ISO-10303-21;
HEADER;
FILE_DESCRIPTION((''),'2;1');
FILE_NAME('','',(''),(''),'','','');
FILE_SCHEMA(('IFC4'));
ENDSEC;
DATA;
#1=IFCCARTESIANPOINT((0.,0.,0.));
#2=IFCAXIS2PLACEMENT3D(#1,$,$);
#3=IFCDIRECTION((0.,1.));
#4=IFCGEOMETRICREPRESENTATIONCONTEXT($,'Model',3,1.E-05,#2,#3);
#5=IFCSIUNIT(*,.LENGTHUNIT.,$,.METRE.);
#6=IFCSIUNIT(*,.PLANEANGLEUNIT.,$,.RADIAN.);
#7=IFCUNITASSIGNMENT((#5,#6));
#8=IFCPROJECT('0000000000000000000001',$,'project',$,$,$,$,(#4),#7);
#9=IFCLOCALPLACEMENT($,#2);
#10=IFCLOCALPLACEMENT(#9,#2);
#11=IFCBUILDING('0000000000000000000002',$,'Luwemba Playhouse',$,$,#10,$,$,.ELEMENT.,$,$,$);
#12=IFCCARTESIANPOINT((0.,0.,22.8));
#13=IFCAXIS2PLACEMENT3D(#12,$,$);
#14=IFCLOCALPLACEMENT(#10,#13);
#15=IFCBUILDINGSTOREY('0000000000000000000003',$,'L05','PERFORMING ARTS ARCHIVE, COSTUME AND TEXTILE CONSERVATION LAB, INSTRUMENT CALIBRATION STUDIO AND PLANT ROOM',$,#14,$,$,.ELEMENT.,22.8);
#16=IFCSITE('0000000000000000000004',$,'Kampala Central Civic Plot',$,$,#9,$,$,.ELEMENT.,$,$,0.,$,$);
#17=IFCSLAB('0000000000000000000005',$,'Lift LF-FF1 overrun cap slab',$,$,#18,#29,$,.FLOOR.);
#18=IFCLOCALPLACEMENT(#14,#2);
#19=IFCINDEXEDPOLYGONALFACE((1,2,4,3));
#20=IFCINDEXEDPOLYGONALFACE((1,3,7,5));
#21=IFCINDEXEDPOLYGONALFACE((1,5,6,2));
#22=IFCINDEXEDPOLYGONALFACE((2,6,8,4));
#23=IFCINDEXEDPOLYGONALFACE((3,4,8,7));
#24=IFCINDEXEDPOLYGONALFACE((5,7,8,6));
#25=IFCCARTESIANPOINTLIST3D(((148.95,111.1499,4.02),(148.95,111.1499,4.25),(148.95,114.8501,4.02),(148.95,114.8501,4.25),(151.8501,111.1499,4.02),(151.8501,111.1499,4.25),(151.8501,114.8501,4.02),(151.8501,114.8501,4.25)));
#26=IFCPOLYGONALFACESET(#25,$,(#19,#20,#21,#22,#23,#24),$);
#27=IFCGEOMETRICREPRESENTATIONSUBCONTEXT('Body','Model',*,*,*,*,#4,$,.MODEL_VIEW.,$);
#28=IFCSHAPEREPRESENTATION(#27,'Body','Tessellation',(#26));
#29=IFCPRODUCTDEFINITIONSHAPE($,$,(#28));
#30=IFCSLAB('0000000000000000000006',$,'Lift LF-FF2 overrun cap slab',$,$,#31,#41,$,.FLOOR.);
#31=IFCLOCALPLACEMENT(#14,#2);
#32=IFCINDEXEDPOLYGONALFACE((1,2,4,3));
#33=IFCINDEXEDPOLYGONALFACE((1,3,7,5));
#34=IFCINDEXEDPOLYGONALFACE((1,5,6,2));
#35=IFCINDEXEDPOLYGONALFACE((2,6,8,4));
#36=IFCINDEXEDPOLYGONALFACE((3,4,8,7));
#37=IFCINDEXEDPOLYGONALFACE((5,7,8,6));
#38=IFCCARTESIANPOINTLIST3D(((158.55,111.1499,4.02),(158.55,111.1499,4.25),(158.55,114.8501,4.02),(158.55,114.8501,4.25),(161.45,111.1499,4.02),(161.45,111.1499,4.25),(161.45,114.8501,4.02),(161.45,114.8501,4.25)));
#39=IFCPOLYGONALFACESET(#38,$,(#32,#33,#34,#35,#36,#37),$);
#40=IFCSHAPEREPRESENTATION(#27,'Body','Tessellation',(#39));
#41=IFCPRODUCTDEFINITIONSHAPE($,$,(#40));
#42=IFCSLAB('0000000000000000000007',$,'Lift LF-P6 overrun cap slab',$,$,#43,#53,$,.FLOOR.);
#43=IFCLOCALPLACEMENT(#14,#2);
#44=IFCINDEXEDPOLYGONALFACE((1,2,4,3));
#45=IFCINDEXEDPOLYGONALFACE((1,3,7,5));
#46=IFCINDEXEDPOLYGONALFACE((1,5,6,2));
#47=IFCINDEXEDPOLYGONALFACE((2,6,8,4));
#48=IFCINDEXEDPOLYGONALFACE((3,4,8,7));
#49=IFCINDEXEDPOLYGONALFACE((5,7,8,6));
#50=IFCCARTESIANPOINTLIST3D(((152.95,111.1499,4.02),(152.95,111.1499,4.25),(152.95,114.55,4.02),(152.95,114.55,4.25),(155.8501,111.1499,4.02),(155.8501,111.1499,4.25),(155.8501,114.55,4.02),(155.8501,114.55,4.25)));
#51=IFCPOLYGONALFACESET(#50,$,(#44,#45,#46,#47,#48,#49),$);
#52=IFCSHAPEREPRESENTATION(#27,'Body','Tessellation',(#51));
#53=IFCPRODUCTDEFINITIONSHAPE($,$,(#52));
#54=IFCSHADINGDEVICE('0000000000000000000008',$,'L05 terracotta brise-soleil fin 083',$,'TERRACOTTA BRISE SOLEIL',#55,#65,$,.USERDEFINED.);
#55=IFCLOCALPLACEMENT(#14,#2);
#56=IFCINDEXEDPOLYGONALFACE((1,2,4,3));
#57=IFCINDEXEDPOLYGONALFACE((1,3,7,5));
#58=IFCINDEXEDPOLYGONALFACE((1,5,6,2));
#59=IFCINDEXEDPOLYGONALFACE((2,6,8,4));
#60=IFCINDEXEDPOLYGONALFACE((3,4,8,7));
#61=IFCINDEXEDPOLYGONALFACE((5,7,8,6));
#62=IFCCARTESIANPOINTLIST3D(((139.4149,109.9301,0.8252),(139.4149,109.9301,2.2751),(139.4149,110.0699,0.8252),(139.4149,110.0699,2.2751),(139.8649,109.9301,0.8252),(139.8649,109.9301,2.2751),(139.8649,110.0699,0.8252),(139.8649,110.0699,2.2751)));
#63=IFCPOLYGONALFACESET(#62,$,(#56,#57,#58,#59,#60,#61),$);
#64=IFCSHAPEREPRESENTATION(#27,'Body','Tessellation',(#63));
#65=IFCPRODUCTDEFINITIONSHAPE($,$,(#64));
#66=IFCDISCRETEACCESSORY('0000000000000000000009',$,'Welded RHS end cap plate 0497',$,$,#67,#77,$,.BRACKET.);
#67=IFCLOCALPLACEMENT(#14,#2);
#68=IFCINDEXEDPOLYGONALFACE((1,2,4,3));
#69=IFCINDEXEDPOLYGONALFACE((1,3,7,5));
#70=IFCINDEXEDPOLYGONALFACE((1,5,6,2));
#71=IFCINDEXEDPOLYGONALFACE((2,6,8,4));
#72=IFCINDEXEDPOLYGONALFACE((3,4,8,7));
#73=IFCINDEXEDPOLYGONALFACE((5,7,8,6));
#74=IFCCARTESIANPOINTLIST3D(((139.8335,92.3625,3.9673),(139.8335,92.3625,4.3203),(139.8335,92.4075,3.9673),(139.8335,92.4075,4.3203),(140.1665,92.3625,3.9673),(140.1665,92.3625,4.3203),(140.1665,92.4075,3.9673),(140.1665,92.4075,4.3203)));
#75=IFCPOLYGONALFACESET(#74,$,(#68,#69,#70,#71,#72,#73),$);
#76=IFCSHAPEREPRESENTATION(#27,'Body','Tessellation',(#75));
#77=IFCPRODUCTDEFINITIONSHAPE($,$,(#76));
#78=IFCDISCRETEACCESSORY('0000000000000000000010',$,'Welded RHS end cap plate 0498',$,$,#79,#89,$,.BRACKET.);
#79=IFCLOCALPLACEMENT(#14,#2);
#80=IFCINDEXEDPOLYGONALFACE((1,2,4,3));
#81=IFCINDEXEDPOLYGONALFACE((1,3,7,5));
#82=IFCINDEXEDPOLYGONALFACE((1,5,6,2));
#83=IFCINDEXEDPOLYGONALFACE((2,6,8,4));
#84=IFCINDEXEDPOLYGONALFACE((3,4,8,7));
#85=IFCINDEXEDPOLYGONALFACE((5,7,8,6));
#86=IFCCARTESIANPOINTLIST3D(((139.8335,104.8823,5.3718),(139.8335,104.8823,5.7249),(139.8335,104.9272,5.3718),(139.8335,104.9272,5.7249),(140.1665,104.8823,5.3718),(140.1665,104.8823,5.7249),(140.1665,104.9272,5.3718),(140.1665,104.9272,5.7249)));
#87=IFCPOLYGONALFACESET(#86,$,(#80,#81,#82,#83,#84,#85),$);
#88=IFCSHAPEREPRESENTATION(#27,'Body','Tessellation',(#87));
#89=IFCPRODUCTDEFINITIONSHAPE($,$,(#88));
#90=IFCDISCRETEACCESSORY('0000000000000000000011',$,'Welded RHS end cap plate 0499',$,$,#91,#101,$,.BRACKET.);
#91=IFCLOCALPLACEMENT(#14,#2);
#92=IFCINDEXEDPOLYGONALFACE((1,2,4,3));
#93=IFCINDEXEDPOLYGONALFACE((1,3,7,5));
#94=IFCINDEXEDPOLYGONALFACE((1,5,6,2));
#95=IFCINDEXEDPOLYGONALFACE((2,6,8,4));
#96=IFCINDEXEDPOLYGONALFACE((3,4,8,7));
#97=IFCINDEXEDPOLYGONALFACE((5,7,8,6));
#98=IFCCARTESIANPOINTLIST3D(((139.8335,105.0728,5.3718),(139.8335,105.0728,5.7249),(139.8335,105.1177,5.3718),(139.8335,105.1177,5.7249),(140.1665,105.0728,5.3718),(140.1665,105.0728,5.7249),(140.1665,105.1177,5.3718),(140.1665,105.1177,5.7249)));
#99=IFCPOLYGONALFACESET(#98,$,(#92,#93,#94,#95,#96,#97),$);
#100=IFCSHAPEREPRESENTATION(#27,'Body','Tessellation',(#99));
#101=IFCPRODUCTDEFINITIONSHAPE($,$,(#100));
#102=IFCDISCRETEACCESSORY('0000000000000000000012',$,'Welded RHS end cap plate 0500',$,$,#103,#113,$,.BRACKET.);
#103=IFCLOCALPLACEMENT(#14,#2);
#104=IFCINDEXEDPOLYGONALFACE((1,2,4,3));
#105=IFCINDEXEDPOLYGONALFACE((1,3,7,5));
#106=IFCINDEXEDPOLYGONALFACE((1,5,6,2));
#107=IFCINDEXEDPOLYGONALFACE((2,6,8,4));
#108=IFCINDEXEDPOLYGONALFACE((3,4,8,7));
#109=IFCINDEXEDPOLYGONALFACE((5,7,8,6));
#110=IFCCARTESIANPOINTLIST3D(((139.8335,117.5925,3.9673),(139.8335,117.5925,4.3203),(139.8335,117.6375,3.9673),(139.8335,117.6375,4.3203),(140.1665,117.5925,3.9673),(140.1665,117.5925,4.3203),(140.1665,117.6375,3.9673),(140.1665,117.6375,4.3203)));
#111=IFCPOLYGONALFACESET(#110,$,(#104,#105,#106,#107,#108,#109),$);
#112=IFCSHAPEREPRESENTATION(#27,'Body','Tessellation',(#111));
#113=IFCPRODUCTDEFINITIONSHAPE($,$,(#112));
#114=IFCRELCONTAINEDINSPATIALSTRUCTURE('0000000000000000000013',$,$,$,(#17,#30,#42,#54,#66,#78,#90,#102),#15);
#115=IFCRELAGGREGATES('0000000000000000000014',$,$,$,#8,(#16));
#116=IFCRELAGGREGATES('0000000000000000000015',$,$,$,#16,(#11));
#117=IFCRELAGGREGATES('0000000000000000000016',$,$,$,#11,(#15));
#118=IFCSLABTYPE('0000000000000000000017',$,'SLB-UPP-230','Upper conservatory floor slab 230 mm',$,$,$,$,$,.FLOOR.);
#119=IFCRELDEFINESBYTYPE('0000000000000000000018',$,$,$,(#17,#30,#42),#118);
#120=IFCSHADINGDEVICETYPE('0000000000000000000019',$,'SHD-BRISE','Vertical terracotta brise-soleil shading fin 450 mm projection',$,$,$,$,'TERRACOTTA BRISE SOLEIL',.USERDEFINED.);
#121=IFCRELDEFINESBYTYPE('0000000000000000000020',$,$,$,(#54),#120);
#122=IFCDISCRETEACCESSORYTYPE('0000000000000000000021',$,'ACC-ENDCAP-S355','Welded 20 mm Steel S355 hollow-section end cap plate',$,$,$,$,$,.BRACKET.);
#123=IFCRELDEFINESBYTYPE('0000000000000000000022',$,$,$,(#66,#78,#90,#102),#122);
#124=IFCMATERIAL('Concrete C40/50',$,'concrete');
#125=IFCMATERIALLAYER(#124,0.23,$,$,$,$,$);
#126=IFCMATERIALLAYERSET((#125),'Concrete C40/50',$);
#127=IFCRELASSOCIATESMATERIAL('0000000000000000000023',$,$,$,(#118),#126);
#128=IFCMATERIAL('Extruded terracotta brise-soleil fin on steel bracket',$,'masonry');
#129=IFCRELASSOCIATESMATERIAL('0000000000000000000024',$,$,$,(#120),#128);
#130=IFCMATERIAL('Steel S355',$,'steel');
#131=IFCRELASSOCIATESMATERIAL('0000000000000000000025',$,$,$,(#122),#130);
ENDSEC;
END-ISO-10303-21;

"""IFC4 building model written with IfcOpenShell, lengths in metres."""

from ifc_helpers import new_model, si_unit, direction, frame, origin, origin_2d, place, context, subcontext, project, spatial, polyline, rectangle, outline, extrude, material, layer, layer_set, type_object, element, save


model = new_model("IFC4")

# Units and contexts
model_context = context("Model", 3, precision=1e-05, world=origin(), true_north=direction((0.0, 1.0)))
body_context = subcontext(model_context, "Body", "Model", "MODEL_VIEW")
ifc_project = project(units=[si_unit("LENGTHUNIT", "METRE"), si_unit("PLANEANGLEUNIT", "RADIAN")], contexts=[model_context])

# Site, building, storey
site_placement = place(None, origin())
site = spatial("IfcSite", under=ifc_project, at=site_placement, Name="Kampala Central Civic Plot", CompositionType="ELEMENT", RefElevation=0.0)
building_placement = place(site_placement, origin())
building = spatial("IfcBuilding", under=site, at=building_placement, Name="Luwemba Playhouse", CompositionType="ELEMENT")
storey_placement = place(building_placement, frame((0.0, 0.0, 22.8)))
storey = spatial("IfcBuildingStorey", under=building, at=storey_placement, Name="L05", Description="PERFORMING ARTS ARCHIVE, COSTUME AND TEXTILE CONSERVATION LAB, INSTRUMENT CALIBRATION STUDIO AND PLANT ROOM", CompositionType="ELEMENT", Elevation=22.8)

# Shared definitions
ifc_material_1 = material(Name="Concrete C40/50", Category="concrete")
ifc_material_2 = material(Name="Steel S355", Category="steel")

# Slabs
ifc_layer_1 = layer(ifc_material_1, 0.23)
ifc_layer_set_1 = layer_set([ifc_layer_1], Name="Concrete C40/50")
slab_type_1 = type_object("IfcSlabType", Name="SLB-UPP-230", Description="Upper conservatory floor slab 230 mm", PredefinedType="FLOOR", material=ifc_layer_set_1)
slab_1_placement = place(storey_placement, frame((0.0, 0.0, 4.02)))
element("IfcSlab", 1, at=slab_1_placement, inside=storey, type_object=slab_type_1, Name="Lift LF-FF1 overrun cap slab", PredefinedType="FLOOR", context=body_context, shape_type="SweptSolid", body=[
    extrude(outline(polyline([(148.95, 111.1499), (151.8501, 111.1499), (151.8501, 114.8501), (148.95, 114.8501), (148.95, 111.1499)])), origin(), (0.0, 0.0, 1.0), 0.23),
])
slab_2_placement = place(storey_placement, frame((0.0, 0.0, 4.02)))
element("IfcSlab", 2, at=slab_2_placement, inside=storey, type_object=slab_type_1, Name="Lift LF-FF2 overrun cap slab", PredefinedType="FLOOR", context=body_context, shape_type="SweptSolid", body=[
    extrude(outline(polyline([(158.55, 111.1499), (161.45, 111.1499), (161.45, 114.8501), (158.55, 114.8501), (158.55, 111.1499)])), origin(), (0.0, 0.0, 1.0), 0.23),
])
slab_3_placement = place(storey_placement, frame((0.0, 0.0, 4.02)))
element("IfcSlab", 3, at=slab_3_placement, inside=storey, type_object=slab_type_1, Name="Lift LF-P6 overrun cap slab", PredefinedType="FLOOR", context=body_context, shape_type="SweptSolid", body=[
    extrude(outline(polyline([(152.95, 111.1499), (155.8501, 111.1499), (155.8501, 114.55), (152.95, 114.55), (152.95, 111.1499)])), origin(), (0.0, 0.0, 1.0), 0.23),
])

# Shading device
ifc_material_3 = material(Name="Extruded terracotta brise-soleil fin on steel bracket", Category="masonry")
shading_device_type = type_object("IfcShadingDeviceType", Name="SHD-BRISE", Description="Vertical terracotta brise-soleil shading fin 450 mm projection", ElementType="TERRACOTTA BRISE SOLEIL", PredefinedType="USERDEFINED", material=ifc_material_3)
shading_device_placement = place(storey_placement, frame((139.6399, 110.0, 0.8252), z_axis=(0.0, 0.0, 1.0), x_axis=(0.0, 1.0, 0.0)))
element("IfcShadingDevice", 4, at=shading_device_placement, inside=storey, type_object=shading_device_type, Name="L05 terracotta brise-soleil fin 083", ObjectType="TERRACOTTA BRISE SOLEIL", PredefinedType="USERDEFINED", context=body_context, shape_type="SweptSolid", body=[
    extrude(rectangle(XDim=0.1399, YDim=0.45, at=origin_2d()), origin(), (0.0, 0.0, 1.0), 1.45),
])

# Discrete accessories
discrete_accessory_type = type_object("IfcDiscreteAccessoryType", Name="ACC-ENDCAP-S355", Description="Welded 20 mm Steel S355 hollow-section end cap plate", PredefinedType="BRACKET", material=ifc_material_2)
for number, where, z_axis, x_axis, name in (
    (5, (140.0, 92.385, 3.9673), (0.0, 0.0, 1.0), (1.0, 0.0, 0.0), "Welded RHS end cap plate 0497"),
    (6, (140.0, 104.9048, 5.3718), (0.0, 0.0, 1.0), (1.0, 0.0, 0.0), "Welded RHS end cap plate 0498"),
    (7, (140.0, 105.0952, 5.3718), (0.0, 0.0, 1.0), (1.0, 0.0, 0.0), "Welded RHS end cap plate 0499"),
    (8, (140.0, 117.615, 3.9673), (0.0, 0.0, 1.0), (1.0, 0.0, 0.0), "Welded RHS end cap plate 0500"),
):
    element("IfcDiscreteAccessory", number, at=place(storey_placement, frame(where, z_axis=z_axis, x_axis=x_axis)), inside=storey, type_object=discrete_accessory_type, Name=name, PredefinedType="BRACKET", context=body_context, shape_type="SweptSolid", body=[
        extrude(rectangle(XDim=0.333, YDim=0.0449, at=origin_2d()), origin(), (0.0, 0.0, 1.0), 0.353),
    ])

save(model, "model.ifc")
